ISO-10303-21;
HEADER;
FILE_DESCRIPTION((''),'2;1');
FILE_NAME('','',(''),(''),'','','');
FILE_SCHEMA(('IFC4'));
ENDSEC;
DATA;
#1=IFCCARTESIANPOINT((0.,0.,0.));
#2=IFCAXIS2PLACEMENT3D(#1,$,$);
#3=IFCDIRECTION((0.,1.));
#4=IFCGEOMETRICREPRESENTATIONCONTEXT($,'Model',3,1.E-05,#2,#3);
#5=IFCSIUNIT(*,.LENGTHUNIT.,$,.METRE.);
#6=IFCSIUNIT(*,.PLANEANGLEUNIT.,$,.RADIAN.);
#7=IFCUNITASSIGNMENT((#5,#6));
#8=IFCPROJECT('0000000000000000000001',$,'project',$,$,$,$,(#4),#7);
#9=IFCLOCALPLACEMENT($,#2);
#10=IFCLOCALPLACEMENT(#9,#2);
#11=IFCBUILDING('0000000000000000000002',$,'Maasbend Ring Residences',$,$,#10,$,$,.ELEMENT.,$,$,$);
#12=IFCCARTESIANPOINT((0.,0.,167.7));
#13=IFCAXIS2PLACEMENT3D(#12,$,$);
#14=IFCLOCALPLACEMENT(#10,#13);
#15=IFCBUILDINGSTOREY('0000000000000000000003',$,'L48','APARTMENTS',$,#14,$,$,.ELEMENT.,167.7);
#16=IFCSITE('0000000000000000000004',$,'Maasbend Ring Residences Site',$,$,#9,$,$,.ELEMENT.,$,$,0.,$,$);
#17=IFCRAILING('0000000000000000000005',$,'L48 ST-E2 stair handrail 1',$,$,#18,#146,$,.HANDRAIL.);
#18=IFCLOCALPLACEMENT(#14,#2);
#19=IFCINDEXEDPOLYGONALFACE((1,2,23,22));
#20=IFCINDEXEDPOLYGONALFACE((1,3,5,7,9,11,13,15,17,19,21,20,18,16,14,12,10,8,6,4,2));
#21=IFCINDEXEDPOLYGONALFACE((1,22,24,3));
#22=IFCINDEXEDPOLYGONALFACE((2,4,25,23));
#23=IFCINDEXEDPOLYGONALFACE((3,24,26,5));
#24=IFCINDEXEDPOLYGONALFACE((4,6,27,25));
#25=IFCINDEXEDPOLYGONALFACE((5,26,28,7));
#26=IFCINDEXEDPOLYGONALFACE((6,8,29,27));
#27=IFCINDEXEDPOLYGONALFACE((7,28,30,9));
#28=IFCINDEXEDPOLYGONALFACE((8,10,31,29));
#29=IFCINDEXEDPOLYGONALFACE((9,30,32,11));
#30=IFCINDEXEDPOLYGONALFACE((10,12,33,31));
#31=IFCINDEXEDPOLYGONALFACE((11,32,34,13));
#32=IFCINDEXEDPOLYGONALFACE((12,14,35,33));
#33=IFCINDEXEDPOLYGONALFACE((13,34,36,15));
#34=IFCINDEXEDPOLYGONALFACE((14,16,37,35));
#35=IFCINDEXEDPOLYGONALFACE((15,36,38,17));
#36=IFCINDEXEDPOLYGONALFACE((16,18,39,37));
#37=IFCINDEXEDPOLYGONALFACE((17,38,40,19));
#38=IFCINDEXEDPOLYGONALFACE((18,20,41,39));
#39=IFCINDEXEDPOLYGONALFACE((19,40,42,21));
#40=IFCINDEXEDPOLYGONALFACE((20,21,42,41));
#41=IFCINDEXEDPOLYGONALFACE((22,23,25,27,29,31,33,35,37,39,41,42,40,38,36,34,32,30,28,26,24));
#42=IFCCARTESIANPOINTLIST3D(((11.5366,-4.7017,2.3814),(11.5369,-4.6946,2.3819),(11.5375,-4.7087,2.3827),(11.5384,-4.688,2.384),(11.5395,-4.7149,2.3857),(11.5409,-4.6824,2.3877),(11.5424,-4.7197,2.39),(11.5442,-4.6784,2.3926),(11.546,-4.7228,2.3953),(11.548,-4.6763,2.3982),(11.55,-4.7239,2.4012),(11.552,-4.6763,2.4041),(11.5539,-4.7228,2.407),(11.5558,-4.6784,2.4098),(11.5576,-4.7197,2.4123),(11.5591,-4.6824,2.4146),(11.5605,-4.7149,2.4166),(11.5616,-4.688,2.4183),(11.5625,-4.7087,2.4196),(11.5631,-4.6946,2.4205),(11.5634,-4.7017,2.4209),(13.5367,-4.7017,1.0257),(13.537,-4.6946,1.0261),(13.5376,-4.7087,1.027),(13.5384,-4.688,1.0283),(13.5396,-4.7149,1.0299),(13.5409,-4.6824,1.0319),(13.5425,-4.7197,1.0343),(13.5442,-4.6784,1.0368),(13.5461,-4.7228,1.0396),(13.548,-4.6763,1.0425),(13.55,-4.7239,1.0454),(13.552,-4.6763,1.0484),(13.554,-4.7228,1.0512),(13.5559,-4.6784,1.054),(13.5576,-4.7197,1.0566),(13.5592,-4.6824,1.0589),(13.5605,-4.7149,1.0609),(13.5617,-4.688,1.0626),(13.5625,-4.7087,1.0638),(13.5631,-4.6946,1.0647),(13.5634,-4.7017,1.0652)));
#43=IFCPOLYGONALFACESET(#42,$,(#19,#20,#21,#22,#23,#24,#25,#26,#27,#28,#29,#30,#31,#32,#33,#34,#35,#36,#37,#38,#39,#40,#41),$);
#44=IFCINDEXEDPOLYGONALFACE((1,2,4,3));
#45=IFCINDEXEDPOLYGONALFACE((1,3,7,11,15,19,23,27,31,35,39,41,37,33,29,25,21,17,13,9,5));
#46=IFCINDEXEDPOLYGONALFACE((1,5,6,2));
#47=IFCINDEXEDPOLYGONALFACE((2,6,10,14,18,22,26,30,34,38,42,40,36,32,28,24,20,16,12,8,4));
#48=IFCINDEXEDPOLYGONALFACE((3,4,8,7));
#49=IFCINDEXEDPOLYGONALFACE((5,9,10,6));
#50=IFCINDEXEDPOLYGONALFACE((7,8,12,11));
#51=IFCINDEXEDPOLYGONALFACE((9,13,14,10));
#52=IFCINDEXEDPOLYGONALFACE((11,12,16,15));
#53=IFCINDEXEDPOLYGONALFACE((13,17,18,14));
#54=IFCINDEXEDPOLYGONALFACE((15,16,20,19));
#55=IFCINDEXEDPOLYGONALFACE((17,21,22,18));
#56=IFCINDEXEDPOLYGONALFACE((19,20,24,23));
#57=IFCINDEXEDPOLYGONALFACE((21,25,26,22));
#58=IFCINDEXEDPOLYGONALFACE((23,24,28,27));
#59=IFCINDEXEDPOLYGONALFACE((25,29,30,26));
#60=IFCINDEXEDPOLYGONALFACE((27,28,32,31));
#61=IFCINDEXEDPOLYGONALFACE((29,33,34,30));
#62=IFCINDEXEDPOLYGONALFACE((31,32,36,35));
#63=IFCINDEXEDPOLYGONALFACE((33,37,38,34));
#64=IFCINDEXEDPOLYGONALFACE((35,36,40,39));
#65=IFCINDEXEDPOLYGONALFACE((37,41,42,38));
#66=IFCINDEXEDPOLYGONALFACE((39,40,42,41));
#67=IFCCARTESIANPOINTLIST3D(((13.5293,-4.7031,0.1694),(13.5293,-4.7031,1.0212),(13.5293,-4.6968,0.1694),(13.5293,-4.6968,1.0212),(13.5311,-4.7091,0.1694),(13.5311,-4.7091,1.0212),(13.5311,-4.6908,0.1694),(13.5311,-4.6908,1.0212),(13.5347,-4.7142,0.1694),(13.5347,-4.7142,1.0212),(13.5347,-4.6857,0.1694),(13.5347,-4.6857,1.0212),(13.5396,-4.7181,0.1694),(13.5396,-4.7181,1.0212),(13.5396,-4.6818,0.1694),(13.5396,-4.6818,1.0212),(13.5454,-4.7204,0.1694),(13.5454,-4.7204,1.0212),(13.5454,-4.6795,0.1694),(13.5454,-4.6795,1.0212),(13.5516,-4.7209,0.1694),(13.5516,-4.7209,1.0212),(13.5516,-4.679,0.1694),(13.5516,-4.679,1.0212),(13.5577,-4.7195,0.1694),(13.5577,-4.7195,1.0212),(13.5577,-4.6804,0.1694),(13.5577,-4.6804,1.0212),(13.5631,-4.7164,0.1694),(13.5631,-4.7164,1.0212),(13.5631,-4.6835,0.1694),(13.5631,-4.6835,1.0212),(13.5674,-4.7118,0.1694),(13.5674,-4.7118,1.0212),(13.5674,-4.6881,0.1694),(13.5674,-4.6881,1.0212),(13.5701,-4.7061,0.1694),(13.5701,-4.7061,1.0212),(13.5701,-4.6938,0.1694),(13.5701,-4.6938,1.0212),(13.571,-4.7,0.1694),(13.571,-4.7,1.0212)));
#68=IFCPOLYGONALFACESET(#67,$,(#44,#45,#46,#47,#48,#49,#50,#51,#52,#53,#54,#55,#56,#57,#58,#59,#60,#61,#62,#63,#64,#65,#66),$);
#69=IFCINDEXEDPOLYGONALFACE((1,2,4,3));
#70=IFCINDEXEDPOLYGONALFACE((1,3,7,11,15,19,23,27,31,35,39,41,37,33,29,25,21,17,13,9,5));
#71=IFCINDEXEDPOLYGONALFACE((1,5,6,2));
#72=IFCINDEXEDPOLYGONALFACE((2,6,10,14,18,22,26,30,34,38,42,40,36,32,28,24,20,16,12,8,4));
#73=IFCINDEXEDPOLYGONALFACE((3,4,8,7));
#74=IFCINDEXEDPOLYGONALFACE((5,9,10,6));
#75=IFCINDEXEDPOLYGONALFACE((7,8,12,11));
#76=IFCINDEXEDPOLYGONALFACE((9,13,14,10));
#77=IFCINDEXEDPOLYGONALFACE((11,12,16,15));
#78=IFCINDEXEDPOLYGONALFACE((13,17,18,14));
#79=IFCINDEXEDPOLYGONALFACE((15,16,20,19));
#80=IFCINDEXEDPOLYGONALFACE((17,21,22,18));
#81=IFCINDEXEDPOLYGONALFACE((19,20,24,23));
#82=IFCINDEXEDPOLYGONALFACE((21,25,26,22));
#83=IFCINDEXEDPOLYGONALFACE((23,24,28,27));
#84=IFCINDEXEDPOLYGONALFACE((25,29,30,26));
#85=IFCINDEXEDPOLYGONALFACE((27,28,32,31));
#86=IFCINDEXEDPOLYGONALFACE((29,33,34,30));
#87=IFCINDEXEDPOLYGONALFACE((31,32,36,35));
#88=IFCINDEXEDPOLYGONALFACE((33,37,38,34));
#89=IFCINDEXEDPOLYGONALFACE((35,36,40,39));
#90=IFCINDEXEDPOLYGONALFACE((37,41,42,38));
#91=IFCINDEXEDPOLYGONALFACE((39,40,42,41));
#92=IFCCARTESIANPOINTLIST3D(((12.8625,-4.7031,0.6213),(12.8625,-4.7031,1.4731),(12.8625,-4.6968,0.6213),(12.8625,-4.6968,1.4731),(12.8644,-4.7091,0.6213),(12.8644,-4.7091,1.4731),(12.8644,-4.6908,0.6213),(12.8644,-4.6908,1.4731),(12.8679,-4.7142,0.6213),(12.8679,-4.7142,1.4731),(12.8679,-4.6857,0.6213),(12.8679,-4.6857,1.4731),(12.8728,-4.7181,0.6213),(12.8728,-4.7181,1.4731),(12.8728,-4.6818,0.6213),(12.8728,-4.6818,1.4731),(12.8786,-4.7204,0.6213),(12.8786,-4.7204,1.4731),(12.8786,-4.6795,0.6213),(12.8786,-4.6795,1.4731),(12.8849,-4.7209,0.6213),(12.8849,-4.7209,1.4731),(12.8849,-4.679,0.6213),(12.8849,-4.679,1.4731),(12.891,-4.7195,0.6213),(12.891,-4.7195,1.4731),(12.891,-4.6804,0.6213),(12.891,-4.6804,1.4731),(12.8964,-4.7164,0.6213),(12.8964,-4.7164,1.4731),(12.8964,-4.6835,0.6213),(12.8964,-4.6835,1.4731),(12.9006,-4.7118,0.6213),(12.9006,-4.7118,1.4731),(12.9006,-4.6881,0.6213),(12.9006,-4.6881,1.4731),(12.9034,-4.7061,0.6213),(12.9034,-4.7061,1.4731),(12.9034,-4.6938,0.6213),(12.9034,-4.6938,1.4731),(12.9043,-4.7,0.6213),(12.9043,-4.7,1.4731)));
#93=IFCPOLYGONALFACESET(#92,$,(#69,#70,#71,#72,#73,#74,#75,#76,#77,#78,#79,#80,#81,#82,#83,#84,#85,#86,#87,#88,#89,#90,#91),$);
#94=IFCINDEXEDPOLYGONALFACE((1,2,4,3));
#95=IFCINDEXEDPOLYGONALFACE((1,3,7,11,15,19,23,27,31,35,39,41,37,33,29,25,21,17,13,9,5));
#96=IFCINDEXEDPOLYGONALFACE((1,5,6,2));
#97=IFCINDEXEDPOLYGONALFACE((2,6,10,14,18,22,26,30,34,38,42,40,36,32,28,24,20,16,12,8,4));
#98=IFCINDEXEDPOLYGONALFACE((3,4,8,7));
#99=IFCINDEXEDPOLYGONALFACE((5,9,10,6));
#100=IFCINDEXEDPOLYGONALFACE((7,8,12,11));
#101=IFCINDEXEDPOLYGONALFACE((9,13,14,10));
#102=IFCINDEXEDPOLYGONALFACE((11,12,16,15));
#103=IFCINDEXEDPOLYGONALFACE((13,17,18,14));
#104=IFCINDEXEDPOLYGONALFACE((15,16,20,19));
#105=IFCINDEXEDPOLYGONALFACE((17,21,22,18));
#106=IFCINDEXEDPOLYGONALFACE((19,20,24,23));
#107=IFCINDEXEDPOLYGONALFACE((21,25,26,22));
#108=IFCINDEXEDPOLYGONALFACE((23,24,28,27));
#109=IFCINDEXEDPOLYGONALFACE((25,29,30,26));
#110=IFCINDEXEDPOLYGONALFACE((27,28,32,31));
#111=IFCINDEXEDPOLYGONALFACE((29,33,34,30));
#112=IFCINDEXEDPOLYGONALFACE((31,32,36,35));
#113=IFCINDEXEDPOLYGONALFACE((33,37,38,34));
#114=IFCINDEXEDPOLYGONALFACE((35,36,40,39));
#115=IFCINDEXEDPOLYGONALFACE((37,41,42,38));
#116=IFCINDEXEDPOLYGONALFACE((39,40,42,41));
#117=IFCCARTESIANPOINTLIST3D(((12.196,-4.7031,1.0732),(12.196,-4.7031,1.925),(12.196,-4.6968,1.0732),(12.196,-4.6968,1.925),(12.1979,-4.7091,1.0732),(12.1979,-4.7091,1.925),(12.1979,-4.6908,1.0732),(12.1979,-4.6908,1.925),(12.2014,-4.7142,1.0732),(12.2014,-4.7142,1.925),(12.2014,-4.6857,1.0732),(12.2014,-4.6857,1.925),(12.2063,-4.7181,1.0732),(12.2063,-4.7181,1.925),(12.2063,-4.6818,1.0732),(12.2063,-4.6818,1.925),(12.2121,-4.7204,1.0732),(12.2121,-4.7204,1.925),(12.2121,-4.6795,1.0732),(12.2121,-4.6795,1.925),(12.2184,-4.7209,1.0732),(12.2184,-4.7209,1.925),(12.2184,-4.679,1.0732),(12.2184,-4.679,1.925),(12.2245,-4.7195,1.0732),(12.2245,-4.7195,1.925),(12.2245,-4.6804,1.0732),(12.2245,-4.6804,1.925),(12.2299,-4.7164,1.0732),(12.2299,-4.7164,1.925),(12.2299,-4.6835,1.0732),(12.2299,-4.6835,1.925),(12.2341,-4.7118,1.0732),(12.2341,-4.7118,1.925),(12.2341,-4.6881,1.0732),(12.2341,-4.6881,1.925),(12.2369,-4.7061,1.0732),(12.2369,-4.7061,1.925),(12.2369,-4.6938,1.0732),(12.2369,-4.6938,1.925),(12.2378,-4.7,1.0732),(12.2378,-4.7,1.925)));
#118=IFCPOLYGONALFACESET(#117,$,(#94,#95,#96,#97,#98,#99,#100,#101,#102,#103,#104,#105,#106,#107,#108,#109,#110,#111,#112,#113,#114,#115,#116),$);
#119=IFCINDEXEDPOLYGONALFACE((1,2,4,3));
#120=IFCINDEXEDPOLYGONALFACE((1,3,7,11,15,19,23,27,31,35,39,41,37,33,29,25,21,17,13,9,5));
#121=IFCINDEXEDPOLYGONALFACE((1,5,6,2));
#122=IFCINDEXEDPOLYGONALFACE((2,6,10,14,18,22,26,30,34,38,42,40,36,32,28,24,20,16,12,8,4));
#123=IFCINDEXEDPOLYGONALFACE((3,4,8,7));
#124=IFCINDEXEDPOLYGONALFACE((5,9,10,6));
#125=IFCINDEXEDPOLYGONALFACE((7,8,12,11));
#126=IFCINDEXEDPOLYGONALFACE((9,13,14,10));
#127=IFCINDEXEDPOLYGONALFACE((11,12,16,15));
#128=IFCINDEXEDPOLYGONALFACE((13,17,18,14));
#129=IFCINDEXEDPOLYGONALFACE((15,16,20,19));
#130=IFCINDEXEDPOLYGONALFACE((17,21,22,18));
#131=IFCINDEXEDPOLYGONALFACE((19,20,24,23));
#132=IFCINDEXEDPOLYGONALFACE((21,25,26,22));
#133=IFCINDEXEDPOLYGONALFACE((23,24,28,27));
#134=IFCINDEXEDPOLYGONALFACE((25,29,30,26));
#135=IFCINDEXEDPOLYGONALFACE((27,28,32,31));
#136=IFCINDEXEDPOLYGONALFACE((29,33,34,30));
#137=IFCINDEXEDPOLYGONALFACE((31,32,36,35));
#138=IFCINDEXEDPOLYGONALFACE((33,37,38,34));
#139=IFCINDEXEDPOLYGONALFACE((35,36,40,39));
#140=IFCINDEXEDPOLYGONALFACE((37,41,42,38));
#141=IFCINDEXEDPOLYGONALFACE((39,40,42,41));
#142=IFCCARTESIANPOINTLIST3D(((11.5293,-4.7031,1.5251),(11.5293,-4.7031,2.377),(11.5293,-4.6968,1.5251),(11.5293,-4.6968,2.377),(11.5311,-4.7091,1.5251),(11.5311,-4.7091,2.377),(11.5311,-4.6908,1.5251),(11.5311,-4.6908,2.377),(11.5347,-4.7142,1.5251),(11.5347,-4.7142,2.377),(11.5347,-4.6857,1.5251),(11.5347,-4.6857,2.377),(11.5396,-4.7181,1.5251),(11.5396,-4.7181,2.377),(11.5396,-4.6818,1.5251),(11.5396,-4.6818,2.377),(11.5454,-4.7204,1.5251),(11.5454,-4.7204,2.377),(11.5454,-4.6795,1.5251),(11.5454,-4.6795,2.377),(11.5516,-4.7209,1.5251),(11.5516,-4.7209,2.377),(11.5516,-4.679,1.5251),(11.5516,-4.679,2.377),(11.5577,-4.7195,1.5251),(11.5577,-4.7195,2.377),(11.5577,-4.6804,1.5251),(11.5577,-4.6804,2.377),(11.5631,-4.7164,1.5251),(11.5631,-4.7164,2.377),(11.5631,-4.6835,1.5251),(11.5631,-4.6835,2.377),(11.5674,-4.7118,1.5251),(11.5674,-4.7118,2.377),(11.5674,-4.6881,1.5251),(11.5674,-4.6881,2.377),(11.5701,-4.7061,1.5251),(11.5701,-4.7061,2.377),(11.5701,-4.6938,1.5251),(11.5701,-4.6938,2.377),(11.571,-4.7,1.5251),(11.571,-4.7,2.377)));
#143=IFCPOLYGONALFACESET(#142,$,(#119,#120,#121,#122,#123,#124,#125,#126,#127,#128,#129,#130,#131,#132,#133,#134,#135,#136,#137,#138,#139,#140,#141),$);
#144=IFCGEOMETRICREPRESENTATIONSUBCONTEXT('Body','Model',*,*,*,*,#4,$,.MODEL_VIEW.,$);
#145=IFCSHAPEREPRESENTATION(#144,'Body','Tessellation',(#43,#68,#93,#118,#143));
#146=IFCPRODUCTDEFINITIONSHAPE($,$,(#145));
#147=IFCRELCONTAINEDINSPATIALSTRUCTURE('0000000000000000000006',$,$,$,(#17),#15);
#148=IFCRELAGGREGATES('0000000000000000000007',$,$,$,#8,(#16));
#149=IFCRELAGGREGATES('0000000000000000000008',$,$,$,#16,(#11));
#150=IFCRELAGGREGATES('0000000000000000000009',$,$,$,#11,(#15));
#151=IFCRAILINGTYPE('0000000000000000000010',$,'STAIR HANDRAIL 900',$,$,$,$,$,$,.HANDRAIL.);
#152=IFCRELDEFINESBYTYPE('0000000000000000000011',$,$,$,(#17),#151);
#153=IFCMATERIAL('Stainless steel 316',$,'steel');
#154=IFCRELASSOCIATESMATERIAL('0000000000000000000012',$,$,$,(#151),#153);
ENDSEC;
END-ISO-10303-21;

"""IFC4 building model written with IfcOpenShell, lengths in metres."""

from ifc_helpers import new_model, si_unit, direction, frame, origin, origin_2d, place, context, subcontext, project, spatial, circle, extrude, material, type_object, element, save


model = new_model("IFC4")

# Units and contexts
model_context = context("Model", 3, precision=1e-05, world=origin(), true_north=direction((0.0, 1.0)))
body_context = subcontext(model_context, "Body", "Model", "MODEL_VIEW")
ifc_project = project(units=[si_unit("LENGTHUNIT", "METRE"), si_unit("PLANEANGLEUNIT", "RADIAN")], contexts=[model_context])

# Site, building, storey
site_placement = place(None, origin())
site = spatial("IfcSite", under=ifc_project, at=site_placement, Name="Maasbend Ring Residences Site", CompositionType="ELEMENT", RefElevation=0.0)
building_placement = place(site_placement, origin())
building = spatial("IfcBuilding", under=site, at=building_placement, Name="Maasbend Ring Residences", CompositionType="ELEMENT")
storey_placement = place(building_placement, frame((0.0, 0.0, 167.7)))
storey = spatial("IfcBuildingStorey", under=building, at=storey_placement, Name="L48", Description="APARTMENTS", CompositionType="ELEMENT", Elevation=167.7)

# Railing
ifc_material_1 = material(Name="Stainless steel 316", Category="steel")
railing_type_1 = type_object("IfcRailingType", Name="STAIR HANDRAIL 900", PredefinedType="HANDRAIL", material=ifc_material_1)
railing_1_placement = place(storey_placement, frame((13.55, -4.7, 0.1694)))
element("IfcRailing", 1, at=railing_1_placement, inside=storey, type_object=railing_type_1, Name="L48 ST-E2 stair handrail 1", PredefinedType="HANDRAIL", context=body_context, shape_type="SweptSolid", body=[
    extrude(circle(Radius=0.0239, at=origin_2d()), frame((0.0, 0.0, 0.876), z_axis=(-0.827751, 0.0, 0.561096), x_axis=(0.0, -1.0, 0.0)), (0.0, 0.0, 1.0), 2.4163),
    extrude(circle(Radius=0.021, at=origin_2d()), origin(), (0.0, 0.0, 1.0), 0.8518),
    extrude(circle(Radius=0.021, at=origin_2d()), frame((-0.6667, 0.0, 0.4519)), (0.0, 0.0, 1.0), 0.8518),
    extrude(circle(Radius=0.021, at=origin_2d()), frame((-1.3333, 0.0, 0.9038)), (0.0, 0.0, 1.0), 0.8518),
    extrude(circle(Radius=0.021, at=origin_2d()), frame((-2.0, 0.0, 1.3557)), (0.0, 0.0, 1.0), 0.8518),
])

save(model, "model.ifc")
